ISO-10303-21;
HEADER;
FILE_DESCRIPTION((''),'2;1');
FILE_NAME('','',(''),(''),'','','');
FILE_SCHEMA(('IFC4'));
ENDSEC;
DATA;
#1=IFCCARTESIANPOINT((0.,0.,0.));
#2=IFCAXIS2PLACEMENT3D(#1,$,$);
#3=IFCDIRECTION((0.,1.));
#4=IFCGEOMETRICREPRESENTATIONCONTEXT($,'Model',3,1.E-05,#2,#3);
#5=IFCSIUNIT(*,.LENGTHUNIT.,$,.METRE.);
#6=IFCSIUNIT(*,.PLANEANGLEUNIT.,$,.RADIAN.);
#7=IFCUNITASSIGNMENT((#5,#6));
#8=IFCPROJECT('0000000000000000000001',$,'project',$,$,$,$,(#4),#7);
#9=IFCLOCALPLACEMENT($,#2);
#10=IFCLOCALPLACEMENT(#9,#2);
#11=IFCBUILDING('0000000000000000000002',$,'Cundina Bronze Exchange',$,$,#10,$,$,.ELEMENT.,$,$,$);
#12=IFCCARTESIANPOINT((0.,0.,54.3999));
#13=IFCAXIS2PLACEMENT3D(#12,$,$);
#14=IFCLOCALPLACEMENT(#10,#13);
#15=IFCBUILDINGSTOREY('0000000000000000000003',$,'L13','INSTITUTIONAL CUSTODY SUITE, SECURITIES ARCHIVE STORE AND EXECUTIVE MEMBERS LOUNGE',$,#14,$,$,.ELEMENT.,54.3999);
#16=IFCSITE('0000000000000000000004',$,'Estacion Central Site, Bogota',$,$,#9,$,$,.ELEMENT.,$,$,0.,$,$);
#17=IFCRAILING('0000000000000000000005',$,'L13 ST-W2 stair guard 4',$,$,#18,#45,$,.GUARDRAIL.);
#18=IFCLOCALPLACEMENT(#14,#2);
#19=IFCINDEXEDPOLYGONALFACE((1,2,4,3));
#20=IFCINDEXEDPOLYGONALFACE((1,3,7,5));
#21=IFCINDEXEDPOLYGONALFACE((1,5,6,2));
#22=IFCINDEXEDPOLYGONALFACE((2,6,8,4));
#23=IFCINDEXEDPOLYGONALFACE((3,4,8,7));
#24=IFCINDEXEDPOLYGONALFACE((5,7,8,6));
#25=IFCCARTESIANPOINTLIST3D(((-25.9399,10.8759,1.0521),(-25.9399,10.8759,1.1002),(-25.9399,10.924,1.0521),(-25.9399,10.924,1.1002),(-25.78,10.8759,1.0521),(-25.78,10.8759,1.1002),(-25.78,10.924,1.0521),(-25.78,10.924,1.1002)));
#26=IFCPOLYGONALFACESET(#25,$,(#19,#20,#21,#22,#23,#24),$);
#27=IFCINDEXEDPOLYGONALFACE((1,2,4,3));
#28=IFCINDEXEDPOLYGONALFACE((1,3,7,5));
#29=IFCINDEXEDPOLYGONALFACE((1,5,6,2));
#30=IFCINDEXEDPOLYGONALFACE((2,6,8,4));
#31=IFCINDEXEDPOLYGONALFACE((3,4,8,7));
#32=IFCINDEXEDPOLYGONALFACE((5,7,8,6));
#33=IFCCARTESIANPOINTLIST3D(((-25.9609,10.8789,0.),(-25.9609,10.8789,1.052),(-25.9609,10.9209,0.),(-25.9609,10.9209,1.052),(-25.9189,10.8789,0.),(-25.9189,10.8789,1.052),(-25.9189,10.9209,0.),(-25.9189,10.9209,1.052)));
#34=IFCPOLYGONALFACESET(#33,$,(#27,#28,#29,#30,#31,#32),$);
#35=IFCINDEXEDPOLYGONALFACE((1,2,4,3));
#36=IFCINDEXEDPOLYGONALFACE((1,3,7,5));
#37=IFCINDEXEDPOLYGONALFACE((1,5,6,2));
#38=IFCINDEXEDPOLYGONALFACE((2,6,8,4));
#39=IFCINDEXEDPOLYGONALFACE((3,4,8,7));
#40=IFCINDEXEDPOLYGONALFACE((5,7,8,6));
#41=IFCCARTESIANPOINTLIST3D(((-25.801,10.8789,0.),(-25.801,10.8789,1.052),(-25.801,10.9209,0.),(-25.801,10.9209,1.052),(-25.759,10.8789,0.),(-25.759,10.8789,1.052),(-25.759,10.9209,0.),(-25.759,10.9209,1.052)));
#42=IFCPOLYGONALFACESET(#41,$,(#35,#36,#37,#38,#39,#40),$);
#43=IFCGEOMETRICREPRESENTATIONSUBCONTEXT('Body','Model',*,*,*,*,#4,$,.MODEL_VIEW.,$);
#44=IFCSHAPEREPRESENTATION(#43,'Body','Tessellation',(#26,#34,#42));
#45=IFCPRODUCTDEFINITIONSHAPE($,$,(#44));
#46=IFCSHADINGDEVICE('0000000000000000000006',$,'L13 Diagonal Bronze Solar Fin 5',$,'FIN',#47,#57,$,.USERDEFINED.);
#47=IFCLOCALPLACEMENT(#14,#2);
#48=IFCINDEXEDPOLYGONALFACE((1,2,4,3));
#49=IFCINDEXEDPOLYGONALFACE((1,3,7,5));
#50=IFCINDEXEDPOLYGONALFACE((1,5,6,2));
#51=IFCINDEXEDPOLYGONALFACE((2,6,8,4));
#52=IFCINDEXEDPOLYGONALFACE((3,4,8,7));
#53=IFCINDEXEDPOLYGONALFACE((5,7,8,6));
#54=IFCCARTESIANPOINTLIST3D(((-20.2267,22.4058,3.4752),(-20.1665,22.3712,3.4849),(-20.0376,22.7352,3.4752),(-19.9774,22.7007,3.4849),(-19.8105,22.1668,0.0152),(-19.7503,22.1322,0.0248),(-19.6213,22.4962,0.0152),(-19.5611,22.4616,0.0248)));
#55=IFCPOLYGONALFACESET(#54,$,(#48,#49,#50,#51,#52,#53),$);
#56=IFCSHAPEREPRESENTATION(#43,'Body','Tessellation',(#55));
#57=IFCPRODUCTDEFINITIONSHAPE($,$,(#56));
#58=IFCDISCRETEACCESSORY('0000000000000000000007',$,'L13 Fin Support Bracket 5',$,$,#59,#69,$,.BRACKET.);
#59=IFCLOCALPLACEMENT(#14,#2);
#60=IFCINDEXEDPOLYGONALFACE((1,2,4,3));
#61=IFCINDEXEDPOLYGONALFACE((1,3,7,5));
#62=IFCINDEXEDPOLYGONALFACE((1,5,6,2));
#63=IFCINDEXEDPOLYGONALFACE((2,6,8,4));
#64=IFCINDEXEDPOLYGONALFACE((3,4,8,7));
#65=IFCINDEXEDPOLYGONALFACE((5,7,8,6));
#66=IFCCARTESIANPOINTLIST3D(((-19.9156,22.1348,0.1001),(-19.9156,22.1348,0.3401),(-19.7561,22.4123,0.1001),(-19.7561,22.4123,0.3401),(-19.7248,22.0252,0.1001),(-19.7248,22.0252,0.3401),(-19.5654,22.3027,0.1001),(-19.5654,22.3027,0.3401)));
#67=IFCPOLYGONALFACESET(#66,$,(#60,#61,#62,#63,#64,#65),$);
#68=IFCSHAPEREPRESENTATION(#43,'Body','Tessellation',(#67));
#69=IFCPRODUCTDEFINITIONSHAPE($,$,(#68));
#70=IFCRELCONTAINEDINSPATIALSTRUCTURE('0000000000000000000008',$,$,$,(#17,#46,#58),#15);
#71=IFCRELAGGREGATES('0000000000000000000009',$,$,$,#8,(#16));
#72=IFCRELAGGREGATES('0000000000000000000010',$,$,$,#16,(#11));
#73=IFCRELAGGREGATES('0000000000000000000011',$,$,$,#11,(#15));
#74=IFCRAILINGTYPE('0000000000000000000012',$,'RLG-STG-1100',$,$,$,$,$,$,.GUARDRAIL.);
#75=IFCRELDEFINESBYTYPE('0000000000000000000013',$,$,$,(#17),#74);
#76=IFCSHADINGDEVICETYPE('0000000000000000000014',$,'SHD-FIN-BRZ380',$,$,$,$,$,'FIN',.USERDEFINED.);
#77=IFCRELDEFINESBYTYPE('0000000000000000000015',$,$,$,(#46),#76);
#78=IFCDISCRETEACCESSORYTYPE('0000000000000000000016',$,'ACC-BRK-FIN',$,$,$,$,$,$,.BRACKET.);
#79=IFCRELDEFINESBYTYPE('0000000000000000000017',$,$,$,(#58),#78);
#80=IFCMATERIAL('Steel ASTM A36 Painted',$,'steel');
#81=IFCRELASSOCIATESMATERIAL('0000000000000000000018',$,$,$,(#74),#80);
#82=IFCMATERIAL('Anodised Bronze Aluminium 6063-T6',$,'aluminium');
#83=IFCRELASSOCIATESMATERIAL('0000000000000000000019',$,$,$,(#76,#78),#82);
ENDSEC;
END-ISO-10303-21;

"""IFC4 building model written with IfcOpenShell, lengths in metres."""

from ifc_helpers import new_model, si_unit, direction, frame, origin, origin_2d, place, context, subcontext, project, spatial, rectangle, extrude, material, material_profile, profile_set, type_object, element, save


model = new_model("IFC4")

# Units and contexts
model_context = context("Model", 3, precision=1e-05, world=origin(), true_north=direction((0.0, 1.0)))
body_context = subcontext(model_context, "Body", "Model", "MODEL_VIEW")
ifc_project = project(units=[si_unit("LENGTHUNIT", "METRE"), si_unit("PLANEANGLEUNIT", "RADIAN")], contexts=[model_context])

# Site, building, storey
site_placement = place(None, origin())
site = spatial("IfcSite", under=ifc_project, at=site_placement, Name="Estacion Central Site, Bogota", CompositionType="ELEMENT", RefElevation=0.0)
building_placement = place(site_placement, origin())
building = spatial("IfcBuilding", under=site, at=building_placement, Name="Cundina Bronze Exchange", CompositionType="ELEMENT")
storey_placement = place(building_placement, frame((0.0, 0.0, 54.3999)))
storey = spatial("IfcBuildingStorey", under=building, at=storey_placement, Name="L13", Description="INSTITUTIONAL CUSTODY SUITE, SECURITIES ARCHIVE STORE AND EXECUTIVE MEMBERS LOUNGE", CompositionType="ELEMENT", Elevation=54.3999)

# Shared definitions
ifc_material_1 = material(Name="Anodised Bronze Aluminium 6063-T6", Category="aluminium")

# Shared definitions
ifc_material_2 = material(Name="Steel ASTM A36 Painted", Category="steel")

# Railing
railing_type = type_object("IfcRailingType", Name="RLG-STG-1100", PredefinedType="GUARDRAIL", material=ifc_material_2)
railing_1_placement = place(storey_placement, frame((-25.9399, 10.8999, 0.0)))
element("IfcRailing", 1, at=railing_1_placement, inside=storey, type_object=railing_type, Name="L13 ST-W2 stair guard 4", PredefinedType="GUARDRAIL", context=body_context, shape_type="SweptSolid", body=[
    extrude(rectangle(XDim=0.0481, YDim=0.0481, at=origin_2d()), frame((0.0, 0.0, 1.0762), z_axis=(1.0, 0.0, 0.0), x_axis=(0.0, 1.0, 0.0)), (0.0, 0.0, 1.0), 0.1599),
    extrude(rectangle(XDim=0.042, YDim=0.042, at=origin_2d()), origin(), (0.0, 0.0, 1.0), 1.052),
    extrude(rectangle(XDim=0.042, YDim=0.042, at=origin_2d()), frame((0.1599, 0.0, 0.0)), (0.0, 0.0, 1.0), 1.052),
])

# Shading device
ifc_material_profile_1 = material_profile(ifc_material_1, rectangle(XDim=0.0701, YDim=0.3799, at=origin_2d()), Name="FIN70X380", Category="aluminium")
ifc_profile_set_1 = profile_set([ifc_material_profile_1], Name="Anodised Bronze Aluminium 6063-T6")
shading_device_type = type_object("IfcShadingDeviceType", Name="SHD-FIN-BRZ380", ElementType="FIN", PredefinedType="USERDEFINED", material=ifc_profile_set_1)
shading_device_placement = place(storey_placement, frame((-19.6858, 22.3142, 0.02), z_axis=(-0.119166, 0.068425, 0.990514), x_axis=(0.858982, -0.493222, 0.137414)))
element("IfcShadingDevice", 2, at=shading_device_placement, inside=storey, type_object=shading_device_type, Name="L13 Diagonal Bronze Solar Fin 5", ObjectType="FIN", PredefinedType="USERDEFINED", context=body_context, shape_type="SweptSolid", body=[
    extrude(rectangle(XDim=0.0701, YDim=0.3799, at=origin_2d()), origin(), (0.0, 0.0, 1.0), 3.4932),
])

# Discrete accessory
discrete_accessory_type = type_object("IfcDiscreteAccessoryType", Name="ACC-BRK-FIN", PredefinedType="BRACKET", material=ifc_material_1)
discrete_accessory_placement = place(storey_placement, frame((-19.7405, 22.2188, 0.1001), z_axis=(0.0, 0.0, 1.0), x_axis=(-0.867105, 0.498125, 0.0)))
element("IfcDiscreteAccessory", 3, at=discrete_accessory_placement, inside=storey, type_object=discrete_accessory_type, Name="L13 Fin Support Bracket 5", PredefinedType="BRACKET", context=body_context, shape_type="SweptSolid", body=[
    extrude(rectangle(XDim=0.22, YDim=0.3201, at=origin_2d()), origin(), (0.0, 0.0, 1.0), 0.24),
])

save(model, "model.ifc")
